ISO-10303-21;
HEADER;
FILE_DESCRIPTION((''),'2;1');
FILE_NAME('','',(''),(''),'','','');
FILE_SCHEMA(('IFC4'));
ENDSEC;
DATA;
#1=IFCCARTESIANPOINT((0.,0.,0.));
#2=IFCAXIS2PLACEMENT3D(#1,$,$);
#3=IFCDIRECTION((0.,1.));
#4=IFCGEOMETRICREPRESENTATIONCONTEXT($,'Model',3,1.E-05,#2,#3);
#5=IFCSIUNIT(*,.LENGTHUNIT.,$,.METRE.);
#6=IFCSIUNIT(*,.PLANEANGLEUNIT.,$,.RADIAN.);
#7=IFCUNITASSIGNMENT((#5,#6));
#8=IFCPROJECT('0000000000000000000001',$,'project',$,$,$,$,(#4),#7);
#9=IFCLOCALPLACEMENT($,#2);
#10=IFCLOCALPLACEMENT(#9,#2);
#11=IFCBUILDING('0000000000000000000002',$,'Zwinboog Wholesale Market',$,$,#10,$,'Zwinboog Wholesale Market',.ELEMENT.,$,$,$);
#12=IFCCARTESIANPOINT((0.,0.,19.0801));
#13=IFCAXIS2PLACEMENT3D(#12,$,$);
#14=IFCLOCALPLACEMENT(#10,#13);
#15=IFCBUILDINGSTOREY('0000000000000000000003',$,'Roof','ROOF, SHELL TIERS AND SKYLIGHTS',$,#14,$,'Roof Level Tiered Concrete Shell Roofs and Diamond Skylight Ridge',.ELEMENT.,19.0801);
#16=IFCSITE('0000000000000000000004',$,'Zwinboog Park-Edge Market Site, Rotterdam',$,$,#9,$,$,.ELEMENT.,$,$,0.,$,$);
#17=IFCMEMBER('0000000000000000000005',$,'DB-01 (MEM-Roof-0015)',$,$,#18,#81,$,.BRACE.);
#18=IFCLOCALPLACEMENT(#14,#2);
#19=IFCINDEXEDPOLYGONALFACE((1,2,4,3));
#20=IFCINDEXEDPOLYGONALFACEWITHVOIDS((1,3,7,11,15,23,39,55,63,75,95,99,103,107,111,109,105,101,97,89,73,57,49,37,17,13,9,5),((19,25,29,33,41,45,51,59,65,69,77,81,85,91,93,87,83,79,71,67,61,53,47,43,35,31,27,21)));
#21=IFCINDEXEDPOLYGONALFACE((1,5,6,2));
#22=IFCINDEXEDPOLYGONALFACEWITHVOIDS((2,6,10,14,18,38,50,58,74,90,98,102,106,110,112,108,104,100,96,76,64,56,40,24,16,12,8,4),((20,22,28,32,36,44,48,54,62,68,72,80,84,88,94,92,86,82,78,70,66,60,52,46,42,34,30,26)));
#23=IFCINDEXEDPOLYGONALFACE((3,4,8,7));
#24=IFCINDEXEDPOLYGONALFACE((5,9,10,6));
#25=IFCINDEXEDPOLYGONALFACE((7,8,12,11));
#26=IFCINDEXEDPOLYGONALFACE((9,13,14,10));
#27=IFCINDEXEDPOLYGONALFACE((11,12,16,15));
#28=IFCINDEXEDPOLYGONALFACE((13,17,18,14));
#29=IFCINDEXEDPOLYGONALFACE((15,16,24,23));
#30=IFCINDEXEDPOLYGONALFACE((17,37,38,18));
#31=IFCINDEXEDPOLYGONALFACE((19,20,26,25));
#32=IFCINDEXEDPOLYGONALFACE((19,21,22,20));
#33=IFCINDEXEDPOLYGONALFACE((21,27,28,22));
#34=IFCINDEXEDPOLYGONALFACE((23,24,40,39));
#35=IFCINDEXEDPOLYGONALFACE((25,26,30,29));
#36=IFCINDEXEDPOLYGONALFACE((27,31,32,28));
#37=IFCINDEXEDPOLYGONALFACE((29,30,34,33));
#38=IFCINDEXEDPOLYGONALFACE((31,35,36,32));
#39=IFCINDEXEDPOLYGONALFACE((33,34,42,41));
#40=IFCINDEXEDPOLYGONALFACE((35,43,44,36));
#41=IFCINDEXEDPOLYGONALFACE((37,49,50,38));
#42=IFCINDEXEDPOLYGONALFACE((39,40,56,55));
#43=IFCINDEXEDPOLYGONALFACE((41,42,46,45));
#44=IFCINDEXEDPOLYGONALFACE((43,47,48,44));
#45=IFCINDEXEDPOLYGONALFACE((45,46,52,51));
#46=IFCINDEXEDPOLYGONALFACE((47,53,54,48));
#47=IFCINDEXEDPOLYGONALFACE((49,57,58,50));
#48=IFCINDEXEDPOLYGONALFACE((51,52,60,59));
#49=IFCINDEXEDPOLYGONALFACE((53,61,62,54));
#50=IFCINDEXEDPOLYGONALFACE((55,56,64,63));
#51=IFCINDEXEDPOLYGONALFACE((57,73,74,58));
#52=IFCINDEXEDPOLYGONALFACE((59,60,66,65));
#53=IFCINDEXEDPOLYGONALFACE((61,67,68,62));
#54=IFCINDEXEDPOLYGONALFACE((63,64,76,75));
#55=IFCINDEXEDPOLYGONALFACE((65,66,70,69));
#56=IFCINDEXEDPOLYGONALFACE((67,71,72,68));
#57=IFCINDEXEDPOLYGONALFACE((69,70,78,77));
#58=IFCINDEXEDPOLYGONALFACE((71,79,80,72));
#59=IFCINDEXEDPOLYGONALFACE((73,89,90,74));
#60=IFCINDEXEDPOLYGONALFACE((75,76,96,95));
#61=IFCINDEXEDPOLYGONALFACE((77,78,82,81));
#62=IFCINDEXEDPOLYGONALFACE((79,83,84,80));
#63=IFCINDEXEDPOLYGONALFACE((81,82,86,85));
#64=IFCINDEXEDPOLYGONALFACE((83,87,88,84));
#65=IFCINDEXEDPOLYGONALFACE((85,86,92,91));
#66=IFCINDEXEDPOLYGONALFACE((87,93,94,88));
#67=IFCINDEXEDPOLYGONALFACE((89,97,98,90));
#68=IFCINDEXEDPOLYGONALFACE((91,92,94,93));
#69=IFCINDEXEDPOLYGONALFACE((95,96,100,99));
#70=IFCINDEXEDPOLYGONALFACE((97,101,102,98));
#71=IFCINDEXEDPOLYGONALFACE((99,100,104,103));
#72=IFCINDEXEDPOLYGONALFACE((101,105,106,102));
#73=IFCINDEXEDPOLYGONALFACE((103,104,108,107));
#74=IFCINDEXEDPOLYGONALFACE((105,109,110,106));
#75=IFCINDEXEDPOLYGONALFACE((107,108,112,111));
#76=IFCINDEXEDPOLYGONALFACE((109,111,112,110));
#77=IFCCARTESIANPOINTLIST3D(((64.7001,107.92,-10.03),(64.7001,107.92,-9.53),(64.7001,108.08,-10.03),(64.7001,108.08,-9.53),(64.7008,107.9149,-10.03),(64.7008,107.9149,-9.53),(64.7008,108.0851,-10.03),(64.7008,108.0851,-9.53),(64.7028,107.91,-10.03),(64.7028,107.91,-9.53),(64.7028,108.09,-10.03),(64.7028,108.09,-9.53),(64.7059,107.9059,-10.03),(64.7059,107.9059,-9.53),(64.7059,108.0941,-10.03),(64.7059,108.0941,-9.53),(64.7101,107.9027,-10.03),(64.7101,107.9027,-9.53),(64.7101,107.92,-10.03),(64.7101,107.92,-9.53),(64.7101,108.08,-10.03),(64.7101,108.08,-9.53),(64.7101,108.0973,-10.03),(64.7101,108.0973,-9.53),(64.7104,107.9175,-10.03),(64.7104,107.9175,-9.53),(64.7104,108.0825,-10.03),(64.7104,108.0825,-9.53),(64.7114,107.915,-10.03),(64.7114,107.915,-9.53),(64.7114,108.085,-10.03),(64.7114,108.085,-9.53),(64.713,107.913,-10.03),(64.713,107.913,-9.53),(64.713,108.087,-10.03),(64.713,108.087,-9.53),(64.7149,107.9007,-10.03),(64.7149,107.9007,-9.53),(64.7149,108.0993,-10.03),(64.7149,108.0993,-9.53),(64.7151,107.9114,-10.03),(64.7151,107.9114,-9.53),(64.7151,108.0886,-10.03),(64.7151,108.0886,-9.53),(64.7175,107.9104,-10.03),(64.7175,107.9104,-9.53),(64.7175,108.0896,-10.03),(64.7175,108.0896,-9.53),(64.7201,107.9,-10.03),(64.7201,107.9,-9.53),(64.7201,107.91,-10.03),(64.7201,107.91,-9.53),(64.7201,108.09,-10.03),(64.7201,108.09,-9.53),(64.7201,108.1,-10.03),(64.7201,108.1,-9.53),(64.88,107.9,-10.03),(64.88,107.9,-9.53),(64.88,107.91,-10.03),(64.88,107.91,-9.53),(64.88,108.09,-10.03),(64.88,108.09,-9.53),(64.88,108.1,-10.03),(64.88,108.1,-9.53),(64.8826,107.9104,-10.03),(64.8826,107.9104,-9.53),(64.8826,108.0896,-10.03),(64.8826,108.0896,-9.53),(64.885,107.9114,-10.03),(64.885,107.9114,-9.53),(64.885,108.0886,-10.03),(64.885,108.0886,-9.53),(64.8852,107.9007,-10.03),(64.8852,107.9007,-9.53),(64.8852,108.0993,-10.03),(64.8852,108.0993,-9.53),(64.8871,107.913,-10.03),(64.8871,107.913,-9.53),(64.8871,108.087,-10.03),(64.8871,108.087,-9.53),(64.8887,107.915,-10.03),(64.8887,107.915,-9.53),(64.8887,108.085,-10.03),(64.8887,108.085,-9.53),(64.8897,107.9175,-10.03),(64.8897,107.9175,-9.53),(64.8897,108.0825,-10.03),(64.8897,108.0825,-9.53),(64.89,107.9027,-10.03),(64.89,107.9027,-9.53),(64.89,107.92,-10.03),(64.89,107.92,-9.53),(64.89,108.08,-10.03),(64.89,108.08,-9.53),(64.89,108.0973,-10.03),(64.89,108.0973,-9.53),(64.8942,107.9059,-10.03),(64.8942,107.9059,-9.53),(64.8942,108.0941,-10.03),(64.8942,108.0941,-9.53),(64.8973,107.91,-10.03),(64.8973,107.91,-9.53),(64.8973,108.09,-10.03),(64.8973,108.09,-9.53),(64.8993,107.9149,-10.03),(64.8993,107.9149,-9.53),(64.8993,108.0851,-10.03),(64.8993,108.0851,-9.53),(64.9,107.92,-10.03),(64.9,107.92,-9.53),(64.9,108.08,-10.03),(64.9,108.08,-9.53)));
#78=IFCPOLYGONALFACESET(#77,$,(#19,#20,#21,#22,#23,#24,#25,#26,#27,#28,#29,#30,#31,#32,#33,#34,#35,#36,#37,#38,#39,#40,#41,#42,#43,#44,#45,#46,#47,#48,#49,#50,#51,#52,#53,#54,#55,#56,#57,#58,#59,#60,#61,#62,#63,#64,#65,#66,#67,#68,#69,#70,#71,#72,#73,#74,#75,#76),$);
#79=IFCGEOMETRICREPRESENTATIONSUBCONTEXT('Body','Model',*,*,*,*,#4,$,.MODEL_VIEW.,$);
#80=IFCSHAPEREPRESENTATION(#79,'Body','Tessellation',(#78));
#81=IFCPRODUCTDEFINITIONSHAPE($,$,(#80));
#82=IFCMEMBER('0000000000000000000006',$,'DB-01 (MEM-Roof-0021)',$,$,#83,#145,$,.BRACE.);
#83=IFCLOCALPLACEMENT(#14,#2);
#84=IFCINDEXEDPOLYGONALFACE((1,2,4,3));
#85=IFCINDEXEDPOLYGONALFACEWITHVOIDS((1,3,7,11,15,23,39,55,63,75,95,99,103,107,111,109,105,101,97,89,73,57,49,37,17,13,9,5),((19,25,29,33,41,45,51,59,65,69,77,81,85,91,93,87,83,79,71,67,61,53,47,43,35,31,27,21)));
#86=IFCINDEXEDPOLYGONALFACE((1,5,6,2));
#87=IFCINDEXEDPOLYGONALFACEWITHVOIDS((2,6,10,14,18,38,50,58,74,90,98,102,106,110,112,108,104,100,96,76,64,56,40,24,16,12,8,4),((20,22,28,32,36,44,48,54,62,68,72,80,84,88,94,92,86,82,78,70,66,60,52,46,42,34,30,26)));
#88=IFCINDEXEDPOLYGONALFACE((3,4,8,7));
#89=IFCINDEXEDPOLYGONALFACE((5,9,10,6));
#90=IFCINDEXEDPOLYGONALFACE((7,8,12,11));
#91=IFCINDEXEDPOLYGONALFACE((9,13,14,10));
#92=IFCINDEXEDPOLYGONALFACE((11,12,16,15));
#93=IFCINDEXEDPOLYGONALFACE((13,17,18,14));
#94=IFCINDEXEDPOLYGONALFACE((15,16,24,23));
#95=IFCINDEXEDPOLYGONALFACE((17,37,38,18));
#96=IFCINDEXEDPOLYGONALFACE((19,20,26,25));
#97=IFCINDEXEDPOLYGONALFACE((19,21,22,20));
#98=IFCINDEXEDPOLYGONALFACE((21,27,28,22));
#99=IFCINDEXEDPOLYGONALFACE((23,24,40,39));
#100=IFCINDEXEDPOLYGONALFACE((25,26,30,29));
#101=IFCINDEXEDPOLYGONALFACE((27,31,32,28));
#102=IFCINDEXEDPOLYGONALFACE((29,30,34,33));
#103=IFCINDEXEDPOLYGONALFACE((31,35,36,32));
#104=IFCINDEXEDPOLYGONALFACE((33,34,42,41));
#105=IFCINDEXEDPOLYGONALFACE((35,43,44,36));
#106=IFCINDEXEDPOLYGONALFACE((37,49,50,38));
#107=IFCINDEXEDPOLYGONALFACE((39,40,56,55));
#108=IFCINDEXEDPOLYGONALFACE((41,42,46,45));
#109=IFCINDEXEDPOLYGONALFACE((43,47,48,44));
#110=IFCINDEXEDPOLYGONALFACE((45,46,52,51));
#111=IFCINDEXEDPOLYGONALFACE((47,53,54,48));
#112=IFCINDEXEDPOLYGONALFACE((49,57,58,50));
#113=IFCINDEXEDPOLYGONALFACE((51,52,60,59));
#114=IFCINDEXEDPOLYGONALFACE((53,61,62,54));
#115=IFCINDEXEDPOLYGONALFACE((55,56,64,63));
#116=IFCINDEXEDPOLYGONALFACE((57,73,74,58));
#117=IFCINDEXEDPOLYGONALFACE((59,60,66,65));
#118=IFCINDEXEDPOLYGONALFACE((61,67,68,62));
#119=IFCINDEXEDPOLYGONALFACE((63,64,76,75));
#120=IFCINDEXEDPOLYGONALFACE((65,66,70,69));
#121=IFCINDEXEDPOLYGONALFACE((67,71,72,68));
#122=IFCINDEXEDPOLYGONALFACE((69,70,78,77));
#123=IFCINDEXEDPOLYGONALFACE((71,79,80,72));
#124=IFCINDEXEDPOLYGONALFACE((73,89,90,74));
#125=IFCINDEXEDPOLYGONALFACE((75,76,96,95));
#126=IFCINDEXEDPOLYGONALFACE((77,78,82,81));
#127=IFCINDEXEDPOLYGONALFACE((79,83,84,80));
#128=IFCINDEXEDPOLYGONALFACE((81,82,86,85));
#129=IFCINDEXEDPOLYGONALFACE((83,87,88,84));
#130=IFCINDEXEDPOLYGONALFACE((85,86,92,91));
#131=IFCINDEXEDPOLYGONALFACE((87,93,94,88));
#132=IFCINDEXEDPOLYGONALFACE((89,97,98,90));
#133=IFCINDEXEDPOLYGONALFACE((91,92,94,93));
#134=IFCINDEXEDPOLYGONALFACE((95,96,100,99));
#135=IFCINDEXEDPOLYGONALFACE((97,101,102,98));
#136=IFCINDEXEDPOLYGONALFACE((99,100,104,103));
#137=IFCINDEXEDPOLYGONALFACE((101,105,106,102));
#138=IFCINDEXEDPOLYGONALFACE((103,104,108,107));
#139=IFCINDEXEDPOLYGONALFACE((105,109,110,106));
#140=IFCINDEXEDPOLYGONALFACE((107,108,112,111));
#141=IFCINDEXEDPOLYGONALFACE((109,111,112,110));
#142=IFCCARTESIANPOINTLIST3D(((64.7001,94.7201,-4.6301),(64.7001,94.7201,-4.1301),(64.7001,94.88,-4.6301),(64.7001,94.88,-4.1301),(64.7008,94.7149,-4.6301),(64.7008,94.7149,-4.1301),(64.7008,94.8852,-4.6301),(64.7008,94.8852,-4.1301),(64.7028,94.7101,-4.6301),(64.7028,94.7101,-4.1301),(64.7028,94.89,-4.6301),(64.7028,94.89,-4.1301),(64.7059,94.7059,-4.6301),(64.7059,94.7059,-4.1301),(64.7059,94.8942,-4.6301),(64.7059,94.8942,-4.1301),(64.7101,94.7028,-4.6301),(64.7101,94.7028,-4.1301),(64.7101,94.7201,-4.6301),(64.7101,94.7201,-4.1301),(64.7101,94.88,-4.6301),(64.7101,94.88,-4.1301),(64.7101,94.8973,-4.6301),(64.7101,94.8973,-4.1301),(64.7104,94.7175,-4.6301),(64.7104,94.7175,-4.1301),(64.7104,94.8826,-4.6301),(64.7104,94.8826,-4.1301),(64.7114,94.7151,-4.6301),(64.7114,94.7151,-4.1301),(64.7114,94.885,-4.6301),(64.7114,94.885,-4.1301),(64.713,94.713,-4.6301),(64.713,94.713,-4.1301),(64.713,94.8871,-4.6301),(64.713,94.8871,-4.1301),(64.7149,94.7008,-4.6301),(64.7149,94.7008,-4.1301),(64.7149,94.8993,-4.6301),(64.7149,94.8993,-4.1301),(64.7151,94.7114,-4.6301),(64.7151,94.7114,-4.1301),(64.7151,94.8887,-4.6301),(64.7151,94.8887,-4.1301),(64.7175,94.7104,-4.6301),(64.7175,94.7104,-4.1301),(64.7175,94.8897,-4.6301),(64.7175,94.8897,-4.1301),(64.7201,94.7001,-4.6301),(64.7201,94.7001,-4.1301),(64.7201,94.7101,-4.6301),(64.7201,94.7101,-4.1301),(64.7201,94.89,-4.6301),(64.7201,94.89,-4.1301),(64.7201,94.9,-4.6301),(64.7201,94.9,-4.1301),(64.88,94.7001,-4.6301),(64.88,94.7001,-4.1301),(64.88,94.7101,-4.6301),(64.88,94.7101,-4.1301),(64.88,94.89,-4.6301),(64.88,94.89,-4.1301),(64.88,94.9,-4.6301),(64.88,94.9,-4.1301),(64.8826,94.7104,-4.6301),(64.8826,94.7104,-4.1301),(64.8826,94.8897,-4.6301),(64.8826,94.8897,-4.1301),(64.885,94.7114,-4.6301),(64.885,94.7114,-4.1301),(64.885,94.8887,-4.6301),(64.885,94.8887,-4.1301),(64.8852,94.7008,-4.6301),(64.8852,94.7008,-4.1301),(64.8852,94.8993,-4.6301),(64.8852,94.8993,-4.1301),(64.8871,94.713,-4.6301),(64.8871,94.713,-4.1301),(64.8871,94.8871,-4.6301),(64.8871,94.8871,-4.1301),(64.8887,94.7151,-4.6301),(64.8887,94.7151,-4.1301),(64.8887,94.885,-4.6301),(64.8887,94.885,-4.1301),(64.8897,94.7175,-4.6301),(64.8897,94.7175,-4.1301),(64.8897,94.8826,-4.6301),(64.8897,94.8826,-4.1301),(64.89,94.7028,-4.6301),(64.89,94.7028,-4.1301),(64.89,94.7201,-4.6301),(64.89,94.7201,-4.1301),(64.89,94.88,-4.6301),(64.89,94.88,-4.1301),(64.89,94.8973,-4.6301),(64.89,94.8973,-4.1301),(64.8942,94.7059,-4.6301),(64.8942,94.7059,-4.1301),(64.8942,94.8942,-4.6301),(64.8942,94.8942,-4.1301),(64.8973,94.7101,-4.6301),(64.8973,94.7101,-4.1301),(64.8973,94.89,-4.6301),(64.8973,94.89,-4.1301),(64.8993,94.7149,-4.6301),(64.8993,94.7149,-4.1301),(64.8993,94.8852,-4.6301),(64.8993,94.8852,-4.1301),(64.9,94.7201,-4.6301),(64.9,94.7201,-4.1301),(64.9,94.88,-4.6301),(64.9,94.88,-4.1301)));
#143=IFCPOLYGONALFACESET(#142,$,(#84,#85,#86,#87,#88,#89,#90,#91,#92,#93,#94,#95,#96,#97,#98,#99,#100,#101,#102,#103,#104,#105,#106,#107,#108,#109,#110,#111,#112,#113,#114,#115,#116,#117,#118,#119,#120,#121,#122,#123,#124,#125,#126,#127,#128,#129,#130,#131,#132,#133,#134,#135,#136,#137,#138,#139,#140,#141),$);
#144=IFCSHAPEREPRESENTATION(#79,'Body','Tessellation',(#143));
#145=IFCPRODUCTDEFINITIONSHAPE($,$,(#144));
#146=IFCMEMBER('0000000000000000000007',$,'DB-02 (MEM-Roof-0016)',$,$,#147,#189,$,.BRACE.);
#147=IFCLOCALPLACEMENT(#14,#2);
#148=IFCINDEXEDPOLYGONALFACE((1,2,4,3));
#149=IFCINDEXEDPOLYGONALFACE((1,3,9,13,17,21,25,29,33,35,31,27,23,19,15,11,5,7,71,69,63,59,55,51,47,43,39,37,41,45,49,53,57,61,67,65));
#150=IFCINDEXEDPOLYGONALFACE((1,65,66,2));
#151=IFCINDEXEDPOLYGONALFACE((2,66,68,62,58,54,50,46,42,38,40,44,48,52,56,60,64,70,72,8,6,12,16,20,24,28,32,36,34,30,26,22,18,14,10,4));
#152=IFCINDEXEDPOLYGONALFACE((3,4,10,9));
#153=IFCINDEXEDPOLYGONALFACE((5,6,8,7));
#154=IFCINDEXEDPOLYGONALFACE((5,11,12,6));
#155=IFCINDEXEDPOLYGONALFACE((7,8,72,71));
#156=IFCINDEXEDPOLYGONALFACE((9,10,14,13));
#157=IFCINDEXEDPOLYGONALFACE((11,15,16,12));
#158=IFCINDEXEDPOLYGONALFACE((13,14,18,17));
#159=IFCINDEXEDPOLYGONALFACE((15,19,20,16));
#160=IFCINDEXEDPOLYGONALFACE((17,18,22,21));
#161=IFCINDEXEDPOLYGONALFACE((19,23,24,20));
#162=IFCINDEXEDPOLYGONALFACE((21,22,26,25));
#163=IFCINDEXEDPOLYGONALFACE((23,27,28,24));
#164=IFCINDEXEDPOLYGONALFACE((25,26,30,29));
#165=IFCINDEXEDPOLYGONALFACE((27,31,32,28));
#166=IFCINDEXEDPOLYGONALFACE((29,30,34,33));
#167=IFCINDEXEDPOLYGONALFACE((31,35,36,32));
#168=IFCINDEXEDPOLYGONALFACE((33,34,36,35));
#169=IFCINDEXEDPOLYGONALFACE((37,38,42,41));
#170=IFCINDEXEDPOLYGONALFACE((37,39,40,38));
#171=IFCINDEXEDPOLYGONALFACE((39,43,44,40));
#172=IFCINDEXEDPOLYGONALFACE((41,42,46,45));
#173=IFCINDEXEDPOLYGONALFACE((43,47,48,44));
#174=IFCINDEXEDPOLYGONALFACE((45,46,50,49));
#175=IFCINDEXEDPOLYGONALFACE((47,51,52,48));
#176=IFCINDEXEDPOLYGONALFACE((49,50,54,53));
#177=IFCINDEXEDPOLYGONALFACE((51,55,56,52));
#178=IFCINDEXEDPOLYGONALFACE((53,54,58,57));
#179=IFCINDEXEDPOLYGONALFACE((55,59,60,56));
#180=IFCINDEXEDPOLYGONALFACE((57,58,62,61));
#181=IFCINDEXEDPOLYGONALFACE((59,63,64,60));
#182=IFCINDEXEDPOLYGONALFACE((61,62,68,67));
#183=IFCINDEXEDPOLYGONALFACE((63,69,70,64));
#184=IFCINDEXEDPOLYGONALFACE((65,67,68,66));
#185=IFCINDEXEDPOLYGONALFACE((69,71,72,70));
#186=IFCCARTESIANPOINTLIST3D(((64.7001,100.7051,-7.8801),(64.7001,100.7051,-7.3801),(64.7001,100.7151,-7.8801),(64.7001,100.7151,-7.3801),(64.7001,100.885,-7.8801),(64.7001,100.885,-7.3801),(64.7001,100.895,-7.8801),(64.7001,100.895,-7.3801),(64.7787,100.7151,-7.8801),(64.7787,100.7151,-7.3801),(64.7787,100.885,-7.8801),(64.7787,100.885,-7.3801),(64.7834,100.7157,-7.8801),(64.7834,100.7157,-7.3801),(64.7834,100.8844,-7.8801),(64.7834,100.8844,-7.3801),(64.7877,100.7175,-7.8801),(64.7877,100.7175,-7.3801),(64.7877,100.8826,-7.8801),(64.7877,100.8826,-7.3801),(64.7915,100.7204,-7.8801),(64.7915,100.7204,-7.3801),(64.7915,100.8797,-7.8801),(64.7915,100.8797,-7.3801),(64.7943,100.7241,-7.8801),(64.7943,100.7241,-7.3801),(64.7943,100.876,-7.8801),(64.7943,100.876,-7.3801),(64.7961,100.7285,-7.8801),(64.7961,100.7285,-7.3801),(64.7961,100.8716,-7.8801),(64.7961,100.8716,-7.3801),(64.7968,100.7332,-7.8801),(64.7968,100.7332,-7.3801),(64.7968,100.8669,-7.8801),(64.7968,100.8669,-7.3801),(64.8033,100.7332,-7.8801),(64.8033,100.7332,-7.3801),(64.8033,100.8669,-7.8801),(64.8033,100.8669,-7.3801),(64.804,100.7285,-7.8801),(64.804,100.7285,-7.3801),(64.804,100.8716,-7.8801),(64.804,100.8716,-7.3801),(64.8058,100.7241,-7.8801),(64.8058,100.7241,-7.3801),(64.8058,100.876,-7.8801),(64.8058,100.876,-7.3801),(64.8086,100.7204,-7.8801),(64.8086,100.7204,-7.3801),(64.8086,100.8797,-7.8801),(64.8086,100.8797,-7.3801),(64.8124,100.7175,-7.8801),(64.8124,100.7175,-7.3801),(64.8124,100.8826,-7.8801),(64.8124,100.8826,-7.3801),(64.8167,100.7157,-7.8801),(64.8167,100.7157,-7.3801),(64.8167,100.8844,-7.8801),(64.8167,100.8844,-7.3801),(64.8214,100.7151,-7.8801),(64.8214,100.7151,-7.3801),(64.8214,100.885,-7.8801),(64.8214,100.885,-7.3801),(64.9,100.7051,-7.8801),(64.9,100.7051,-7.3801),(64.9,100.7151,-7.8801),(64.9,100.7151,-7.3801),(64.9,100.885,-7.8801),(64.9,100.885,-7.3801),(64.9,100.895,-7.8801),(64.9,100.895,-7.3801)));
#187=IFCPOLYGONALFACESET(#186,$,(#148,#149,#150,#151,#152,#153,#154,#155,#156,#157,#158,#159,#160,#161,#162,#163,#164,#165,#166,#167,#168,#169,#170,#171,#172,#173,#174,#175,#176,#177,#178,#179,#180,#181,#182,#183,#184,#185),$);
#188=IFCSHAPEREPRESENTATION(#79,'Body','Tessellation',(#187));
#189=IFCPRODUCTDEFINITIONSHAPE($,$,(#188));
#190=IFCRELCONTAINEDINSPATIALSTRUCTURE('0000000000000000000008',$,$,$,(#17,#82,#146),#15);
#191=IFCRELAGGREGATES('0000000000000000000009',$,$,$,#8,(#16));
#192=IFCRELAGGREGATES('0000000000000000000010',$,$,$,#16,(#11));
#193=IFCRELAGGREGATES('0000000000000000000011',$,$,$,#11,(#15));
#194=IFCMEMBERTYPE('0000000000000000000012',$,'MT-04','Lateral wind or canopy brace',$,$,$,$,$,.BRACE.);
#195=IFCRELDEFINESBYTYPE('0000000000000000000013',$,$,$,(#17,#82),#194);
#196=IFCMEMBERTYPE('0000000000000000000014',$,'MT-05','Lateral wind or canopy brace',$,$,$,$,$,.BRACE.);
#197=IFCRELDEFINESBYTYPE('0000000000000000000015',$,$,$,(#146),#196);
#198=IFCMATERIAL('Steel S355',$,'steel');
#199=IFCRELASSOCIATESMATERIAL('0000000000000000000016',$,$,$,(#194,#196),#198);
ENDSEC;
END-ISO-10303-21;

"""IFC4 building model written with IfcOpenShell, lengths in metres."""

from ifc_helpers import new_model, si_unit, direction, frame, origin, origin_2d, place, context, subcontext, project, spatial, hollow_rectangle, i_section, extrude, material, material_profile, profile_set, type_object, element, save


model = new_model("IFC4")

# Units and contexts
model_context = context("Model", 3, precision=1e-05, world=origin(), true_north=direction((0.0, 1.0)))
body_context = subcontext(model_context, "Body", "Model", "MODEL_VIEW")
ifc_project = project(units=[si_unit("LENGTHUNIT", "METRE"), si_unit("PLANEANGLEUNIT", "RADIAN")], contexts=[model_context])

# Site, building, storey
site_placement = place(None, origin())
site = spatial("IfcSite", under=ifc_project, at=site_placement, Name="Zwinboog Park-Edge Market Site, Rotterdam", CompositionType="ELEMENT", RefElevation=0.0)
building_placement = place(site_placement, origin())
building = spatial("IfcBuilding", under=site, at=building_placement, Name="Zwinboog Wholesale Market", LongName="Zwinboog Wholesale Market", CompositionType="ELEMENT")
storey_placement = place(building_placement, frame((0.0, 0.0, 19.0801)))
storey = spatial("IfcBuildingStorey", under=building, at=storey_placement, Name="Roof", Description="ROOF, SHELL TIERS AND SKYLIGHTS", LongName="Roof Level Tiered Concrete Shell Roofs and Diamond Skylight Ridge", CompositionType="ELEMENT", Elevation=19.0801)

# Members
ifc_material_1 = material(Name="Steel S355", Category="steel")
ifc_material_profile_1 = material_profile(ifc_material_1, hollow_rectangle(XDim=0.2, YDim=0.2, WallThickness=0.01, InnerFilletRadius=0.01, OuterFilletRadius=0.02, at=origin_2d()), Name="SHS 200x200x10")
ifc_profile_set_1 = profile_set([ifc_material_profile_1], Name="Steel S355")
member_type_1 = type_object("IfcMemberType", Name="MT-04", Description="Lateral wind or canopy brace", PredefinedType="BRACE", material=ifc_profile_set_1)
for number, where, z_axis, x_axis, name in (
    (1, (64.8, 108.0, -10.03), (0.0, 0.0, 1.0), (1.0, 0.0, 0.0), "DB-01 (MEM-Roof-0015)"),
    (2, (64.8, 94.8, -4.6301), (0.0, 0.0, 1.0), (1.0, 0.0, 0.0), "DB-01 (MEM-Roof-0021)"),
):
    element("IfcMember", number, at=place(storey_placement, frame(where, z_axis=z_axis, x_axis=x_axis)), inside=storey, type_object=member_type_1, Name=name, PredefinedType="BRACE", context=body_context, shape_type="SweptSolid", body=[
        extrude(hollow_rectangle(XDim=0.2, YDim=0.2, WallThickness=0.01, InnerFilletRadius=0.01, OuterFilletRadius=0.02, at=origin_2d()), origin(), (0.0, 0.0, 1.0), 0.5),
    ])
ifc_material_profile_2 = material_profile(ifc_material_1, i_section(OverallWidth=0.2, OverallDepth=0.1899, WebThickness=0.0066, FlangeThickness=0.01, FilletRadius=0.0181, at=origin_2d()), Name="HEA 200")
ifc_profile_set_2 = profile_set([ifc_material_profile_2], Name="Steel S355")
member_type_2 = type_object("IfcMemberType", Name="MT-05", Description="Lateral wind or canopy brace", PredefinedType="BRACE", material=ifc_profile_set_2)
for number, where, z_axis, x_axis, name in (
    (3, (64.8, 100.8, -7.8801), (0.0, 0.0, 1.0), (1.0, 0.0, 0.0), "DB-02 (MEM-Roof-0016)"),
):
    element("IfcMember", number, at=place(storey_placement, frame(where, z_axis=z_axis, x_axis=x_axis)), inside=storey, type_object=member_type_2, Name=name, PredefinedType="BRACE", context=body_context, shape_type="SweptSolid", body=[
        extrude(i_section(OverallWidth=0.2, OverallDepth=0.1899, WebThickness=0.0066, FlangeThickness=0.01, FilletRadius=0.0181, at=origin_2d()), origin(), (0.0, 0.0, 1.0), 0.5),
    ])

save(model, "model.ifc")
